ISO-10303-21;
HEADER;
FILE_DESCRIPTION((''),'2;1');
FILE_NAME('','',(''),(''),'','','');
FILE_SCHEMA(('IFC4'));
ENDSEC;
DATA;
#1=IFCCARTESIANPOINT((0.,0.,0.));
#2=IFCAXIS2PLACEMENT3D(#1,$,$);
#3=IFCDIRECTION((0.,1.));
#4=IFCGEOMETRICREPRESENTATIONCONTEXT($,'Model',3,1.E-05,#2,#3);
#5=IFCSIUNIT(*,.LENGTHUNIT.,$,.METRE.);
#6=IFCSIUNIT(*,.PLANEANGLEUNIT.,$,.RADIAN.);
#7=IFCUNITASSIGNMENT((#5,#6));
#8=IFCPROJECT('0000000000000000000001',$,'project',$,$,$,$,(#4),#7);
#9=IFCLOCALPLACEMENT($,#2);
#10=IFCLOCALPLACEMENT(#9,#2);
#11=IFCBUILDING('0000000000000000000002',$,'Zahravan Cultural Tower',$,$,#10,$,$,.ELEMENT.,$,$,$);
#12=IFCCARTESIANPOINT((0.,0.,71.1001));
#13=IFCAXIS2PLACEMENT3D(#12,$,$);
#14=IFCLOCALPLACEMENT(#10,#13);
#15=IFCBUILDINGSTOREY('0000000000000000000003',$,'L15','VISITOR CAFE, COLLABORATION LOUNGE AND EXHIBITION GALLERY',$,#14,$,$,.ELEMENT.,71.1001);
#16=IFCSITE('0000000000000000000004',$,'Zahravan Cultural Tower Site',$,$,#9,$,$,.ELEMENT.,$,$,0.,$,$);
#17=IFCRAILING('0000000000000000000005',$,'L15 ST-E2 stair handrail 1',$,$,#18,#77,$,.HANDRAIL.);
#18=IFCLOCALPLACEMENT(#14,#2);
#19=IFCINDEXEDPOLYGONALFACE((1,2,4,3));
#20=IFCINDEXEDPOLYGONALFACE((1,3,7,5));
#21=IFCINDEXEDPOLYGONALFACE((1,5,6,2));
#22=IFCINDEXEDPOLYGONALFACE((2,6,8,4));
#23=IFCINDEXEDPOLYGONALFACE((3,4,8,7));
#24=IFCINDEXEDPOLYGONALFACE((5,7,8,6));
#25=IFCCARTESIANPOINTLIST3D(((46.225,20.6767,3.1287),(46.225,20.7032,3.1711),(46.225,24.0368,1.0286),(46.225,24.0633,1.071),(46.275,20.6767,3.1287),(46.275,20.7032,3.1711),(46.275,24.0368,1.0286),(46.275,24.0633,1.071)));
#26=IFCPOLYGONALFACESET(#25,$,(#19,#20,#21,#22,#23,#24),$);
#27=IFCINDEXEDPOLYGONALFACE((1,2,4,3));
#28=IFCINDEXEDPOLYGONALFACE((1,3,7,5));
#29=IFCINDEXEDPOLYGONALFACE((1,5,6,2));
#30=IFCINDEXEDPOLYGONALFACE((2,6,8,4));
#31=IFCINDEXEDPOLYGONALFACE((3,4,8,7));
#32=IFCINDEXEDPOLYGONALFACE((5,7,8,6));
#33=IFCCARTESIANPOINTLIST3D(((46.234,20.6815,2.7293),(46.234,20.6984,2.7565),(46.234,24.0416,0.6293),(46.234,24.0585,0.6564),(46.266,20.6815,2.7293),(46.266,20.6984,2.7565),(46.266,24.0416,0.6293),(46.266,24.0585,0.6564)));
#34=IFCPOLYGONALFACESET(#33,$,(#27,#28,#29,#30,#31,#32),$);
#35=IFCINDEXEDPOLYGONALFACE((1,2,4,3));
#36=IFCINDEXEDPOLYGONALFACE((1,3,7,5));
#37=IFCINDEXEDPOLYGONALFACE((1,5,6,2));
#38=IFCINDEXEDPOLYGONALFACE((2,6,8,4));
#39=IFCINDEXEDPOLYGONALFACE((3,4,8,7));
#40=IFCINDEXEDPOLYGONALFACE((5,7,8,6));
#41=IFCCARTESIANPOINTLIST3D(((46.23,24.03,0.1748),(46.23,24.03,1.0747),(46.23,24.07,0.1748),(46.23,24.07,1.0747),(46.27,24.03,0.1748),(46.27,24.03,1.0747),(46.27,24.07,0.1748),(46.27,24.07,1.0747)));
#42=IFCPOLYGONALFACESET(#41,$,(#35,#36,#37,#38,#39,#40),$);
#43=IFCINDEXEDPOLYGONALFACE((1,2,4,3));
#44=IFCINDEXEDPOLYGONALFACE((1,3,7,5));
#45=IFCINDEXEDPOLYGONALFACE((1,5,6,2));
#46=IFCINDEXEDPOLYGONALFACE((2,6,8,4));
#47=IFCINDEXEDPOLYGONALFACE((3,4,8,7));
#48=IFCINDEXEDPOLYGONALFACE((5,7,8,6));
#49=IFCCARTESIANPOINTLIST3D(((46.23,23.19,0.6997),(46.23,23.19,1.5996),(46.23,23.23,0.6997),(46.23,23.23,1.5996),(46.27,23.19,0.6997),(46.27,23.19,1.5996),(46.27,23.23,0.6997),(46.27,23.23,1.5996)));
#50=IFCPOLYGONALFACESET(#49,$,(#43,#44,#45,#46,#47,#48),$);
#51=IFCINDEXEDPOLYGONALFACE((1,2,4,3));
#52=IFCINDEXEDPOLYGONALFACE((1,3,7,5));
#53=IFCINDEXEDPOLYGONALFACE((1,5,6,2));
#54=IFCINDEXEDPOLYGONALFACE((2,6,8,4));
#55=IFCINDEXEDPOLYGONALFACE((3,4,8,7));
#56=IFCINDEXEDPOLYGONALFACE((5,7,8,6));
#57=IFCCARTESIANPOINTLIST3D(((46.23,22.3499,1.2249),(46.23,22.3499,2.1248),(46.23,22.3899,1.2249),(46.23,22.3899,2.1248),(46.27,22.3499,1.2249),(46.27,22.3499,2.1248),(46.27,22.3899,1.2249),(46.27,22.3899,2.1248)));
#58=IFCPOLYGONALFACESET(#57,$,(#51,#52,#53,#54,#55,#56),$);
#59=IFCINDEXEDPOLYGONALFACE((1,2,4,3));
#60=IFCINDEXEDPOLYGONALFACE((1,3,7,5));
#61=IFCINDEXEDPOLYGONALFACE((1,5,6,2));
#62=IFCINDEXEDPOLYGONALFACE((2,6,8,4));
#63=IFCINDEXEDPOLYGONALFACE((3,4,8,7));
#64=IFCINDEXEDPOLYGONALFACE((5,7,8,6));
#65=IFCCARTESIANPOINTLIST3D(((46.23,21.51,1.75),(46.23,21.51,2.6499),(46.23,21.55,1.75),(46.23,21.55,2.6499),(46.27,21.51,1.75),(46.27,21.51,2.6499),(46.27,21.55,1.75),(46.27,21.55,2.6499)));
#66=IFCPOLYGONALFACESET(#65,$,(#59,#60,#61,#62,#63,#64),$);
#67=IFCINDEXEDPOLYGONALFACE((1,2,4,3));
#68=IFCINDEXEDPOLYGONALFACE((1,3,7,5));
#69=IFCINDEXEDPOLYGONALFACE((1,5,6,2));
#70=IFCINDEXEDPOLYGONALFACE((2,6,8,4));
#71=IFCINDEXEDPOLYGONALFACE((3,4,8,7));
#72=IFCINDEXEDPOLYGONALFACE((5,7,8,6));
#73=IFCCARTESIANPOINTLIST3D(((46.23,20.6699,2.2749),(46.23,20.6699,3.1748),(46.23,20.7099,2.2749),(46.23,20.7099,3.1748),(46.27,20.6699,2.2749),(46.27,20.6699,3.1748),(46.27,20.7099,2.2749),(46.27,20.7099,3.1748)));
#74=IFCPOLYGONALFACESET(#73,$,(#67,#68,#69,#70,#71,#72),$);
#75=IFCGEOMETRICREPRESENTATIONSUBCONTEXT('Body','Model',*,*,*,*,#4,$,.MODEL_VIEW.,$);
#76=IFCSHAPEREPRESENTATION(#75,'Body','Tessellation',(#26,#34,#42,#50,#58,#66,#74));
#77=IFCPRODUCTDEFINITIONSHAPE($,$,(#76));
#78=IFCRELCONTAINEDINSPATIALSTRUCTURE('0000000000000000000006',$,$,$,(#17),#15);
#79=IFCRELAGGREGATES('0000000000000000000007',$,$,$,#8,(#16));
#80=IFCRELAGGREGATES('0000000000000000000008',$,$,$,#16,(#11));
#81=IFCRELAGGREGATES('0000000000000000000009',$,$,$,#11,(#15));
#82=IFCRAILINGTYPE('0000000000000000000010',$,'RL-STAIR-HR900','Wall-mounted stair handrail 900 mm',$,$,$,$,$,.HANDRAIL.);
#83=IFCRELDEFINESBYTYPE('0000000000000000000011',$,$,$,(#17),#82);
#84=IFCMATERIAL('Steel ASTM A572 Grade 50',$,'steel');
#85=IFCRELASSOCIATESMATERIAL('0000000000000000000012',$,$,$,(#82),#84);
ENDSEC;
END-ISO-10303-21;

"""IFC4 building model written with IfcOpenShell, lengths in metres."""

from ifc_helpers import new_model, si_unit, direction, frame, origin, origin_2d, place, context, subcontext, project, spatial, rectangle, extrude, material, type_object, element, save


model = new_model("IFC4")

# Units and contexts
model_context = context("Model", 3, precision=1e-05, world=origin(), true_north=direction((0.0, 1.0)))
body_context = subcontext(model_context, "Body", "Model", "MODEL_VIEW")
ifc_project = project(units=[si_unit("LENGTHUNIT", "METRE"), si_unit("PLANEANGLEUNIT", "RADIAN")], contexts=[model_context])

# Site, building, storey
site_placement = place(None, origin())
site = spatial("IfcSite", under=ifc_project, at=site_placement, Name="Zahravan Cultural Tower Site", CompositionType="ELEMENT", RefElevation=0.0)
building_placement = place(site_placement, origin())
building = spatial("IfcBuilding", under=site, at=building_placement, Name="Zahravan Cultural Tower", CompositionType="ELEMENT")
storey_placement = place(building_placement, frame((0.0, 0.0, 71.1001)))
storey = spatial("IfcBuildingStorey", under=building, at=storey_placement, Name="L15", Description="VISITOR CAFE, COLLABORATION LOUNGE AND EXHIBITION GALLERY", CompositionType="ELEMENT", Elevation=71.1001)

# Shared definitions
ifc_material_1 = material(Name="Steel ASTM A572 Grade 50", Category="steel")

# Railing
railing_type_1 = type_object("IfcRailingType", Name="RL-STAIR-HR900", Description="Wall-mounted stair handrail 900 mm", PredefinedType="HANDRAIL", material=ifc_material_1)
railing_1_placement = place(storey_placement, frame((46.25, 24.05, 0.1748)))
element("IfcRailing", 1, at=railing_1_placement, inside=storey, type_object=railing_type_1, Name="L15 ST-E2 stair handrail 1", PredefinedType="HANDRAIL", context=body_context, shape_type="SweptSolid", body=[
    extrude(rectangle(XDim=0.05, YDim=0.05, at=origin_2d()), frame((0.0, 0.0, 0.875), z_axis=(0.0, -0.847995, 0.530004), x_axis=(1.0, 0.0, 0.0)), (0.0, 0.0, 1.0), 3.9624),
    extrude(rectangle(XDim=0.032, YDim=0.032, at=origin_2d()), frame((0.0, 0.0, 0.468), z_axis=(0.0, -0.847995, 0.530004), x_axis=(1.0, 0.0, 0.0)), (0.0, 0.0, 1.0), 3.9624),
    extrude(rectangle(XDim=0.04, YDim=0.04, at=origin_2d()), origin(), (0.0, 0.0, 1.0), 0.8999),
    extrude(rectangle(XDim=0.04, YDim=0.04, at=origin_2d()), frame((0.0, -0.8401, 0.5249)), (0.0, 0.0, 1.0), 0.8999),
    extrude(rectangle(XDim=0.04, YDim=0.04, at=origin_2d()), frame((0.0, -1.6802, 1.05)), (0.0, 0.0, 1.0), 0.8999),
    extrude(rectangle(XDim=0.04, YDim=0.04, at=origin_2d()), frame((0.0, -2.52, 1.5752)), (0.0, 0.0, 1.0), 0.8999),
    extrude(rectangle(XDim=0.04, YDim=0.04, at=origin_2d()), frame((0.0, -3.3601, 2.1001)), (0.0, 0.0, 1.0), 0.8999),
])

save(model, "model.ifc")
